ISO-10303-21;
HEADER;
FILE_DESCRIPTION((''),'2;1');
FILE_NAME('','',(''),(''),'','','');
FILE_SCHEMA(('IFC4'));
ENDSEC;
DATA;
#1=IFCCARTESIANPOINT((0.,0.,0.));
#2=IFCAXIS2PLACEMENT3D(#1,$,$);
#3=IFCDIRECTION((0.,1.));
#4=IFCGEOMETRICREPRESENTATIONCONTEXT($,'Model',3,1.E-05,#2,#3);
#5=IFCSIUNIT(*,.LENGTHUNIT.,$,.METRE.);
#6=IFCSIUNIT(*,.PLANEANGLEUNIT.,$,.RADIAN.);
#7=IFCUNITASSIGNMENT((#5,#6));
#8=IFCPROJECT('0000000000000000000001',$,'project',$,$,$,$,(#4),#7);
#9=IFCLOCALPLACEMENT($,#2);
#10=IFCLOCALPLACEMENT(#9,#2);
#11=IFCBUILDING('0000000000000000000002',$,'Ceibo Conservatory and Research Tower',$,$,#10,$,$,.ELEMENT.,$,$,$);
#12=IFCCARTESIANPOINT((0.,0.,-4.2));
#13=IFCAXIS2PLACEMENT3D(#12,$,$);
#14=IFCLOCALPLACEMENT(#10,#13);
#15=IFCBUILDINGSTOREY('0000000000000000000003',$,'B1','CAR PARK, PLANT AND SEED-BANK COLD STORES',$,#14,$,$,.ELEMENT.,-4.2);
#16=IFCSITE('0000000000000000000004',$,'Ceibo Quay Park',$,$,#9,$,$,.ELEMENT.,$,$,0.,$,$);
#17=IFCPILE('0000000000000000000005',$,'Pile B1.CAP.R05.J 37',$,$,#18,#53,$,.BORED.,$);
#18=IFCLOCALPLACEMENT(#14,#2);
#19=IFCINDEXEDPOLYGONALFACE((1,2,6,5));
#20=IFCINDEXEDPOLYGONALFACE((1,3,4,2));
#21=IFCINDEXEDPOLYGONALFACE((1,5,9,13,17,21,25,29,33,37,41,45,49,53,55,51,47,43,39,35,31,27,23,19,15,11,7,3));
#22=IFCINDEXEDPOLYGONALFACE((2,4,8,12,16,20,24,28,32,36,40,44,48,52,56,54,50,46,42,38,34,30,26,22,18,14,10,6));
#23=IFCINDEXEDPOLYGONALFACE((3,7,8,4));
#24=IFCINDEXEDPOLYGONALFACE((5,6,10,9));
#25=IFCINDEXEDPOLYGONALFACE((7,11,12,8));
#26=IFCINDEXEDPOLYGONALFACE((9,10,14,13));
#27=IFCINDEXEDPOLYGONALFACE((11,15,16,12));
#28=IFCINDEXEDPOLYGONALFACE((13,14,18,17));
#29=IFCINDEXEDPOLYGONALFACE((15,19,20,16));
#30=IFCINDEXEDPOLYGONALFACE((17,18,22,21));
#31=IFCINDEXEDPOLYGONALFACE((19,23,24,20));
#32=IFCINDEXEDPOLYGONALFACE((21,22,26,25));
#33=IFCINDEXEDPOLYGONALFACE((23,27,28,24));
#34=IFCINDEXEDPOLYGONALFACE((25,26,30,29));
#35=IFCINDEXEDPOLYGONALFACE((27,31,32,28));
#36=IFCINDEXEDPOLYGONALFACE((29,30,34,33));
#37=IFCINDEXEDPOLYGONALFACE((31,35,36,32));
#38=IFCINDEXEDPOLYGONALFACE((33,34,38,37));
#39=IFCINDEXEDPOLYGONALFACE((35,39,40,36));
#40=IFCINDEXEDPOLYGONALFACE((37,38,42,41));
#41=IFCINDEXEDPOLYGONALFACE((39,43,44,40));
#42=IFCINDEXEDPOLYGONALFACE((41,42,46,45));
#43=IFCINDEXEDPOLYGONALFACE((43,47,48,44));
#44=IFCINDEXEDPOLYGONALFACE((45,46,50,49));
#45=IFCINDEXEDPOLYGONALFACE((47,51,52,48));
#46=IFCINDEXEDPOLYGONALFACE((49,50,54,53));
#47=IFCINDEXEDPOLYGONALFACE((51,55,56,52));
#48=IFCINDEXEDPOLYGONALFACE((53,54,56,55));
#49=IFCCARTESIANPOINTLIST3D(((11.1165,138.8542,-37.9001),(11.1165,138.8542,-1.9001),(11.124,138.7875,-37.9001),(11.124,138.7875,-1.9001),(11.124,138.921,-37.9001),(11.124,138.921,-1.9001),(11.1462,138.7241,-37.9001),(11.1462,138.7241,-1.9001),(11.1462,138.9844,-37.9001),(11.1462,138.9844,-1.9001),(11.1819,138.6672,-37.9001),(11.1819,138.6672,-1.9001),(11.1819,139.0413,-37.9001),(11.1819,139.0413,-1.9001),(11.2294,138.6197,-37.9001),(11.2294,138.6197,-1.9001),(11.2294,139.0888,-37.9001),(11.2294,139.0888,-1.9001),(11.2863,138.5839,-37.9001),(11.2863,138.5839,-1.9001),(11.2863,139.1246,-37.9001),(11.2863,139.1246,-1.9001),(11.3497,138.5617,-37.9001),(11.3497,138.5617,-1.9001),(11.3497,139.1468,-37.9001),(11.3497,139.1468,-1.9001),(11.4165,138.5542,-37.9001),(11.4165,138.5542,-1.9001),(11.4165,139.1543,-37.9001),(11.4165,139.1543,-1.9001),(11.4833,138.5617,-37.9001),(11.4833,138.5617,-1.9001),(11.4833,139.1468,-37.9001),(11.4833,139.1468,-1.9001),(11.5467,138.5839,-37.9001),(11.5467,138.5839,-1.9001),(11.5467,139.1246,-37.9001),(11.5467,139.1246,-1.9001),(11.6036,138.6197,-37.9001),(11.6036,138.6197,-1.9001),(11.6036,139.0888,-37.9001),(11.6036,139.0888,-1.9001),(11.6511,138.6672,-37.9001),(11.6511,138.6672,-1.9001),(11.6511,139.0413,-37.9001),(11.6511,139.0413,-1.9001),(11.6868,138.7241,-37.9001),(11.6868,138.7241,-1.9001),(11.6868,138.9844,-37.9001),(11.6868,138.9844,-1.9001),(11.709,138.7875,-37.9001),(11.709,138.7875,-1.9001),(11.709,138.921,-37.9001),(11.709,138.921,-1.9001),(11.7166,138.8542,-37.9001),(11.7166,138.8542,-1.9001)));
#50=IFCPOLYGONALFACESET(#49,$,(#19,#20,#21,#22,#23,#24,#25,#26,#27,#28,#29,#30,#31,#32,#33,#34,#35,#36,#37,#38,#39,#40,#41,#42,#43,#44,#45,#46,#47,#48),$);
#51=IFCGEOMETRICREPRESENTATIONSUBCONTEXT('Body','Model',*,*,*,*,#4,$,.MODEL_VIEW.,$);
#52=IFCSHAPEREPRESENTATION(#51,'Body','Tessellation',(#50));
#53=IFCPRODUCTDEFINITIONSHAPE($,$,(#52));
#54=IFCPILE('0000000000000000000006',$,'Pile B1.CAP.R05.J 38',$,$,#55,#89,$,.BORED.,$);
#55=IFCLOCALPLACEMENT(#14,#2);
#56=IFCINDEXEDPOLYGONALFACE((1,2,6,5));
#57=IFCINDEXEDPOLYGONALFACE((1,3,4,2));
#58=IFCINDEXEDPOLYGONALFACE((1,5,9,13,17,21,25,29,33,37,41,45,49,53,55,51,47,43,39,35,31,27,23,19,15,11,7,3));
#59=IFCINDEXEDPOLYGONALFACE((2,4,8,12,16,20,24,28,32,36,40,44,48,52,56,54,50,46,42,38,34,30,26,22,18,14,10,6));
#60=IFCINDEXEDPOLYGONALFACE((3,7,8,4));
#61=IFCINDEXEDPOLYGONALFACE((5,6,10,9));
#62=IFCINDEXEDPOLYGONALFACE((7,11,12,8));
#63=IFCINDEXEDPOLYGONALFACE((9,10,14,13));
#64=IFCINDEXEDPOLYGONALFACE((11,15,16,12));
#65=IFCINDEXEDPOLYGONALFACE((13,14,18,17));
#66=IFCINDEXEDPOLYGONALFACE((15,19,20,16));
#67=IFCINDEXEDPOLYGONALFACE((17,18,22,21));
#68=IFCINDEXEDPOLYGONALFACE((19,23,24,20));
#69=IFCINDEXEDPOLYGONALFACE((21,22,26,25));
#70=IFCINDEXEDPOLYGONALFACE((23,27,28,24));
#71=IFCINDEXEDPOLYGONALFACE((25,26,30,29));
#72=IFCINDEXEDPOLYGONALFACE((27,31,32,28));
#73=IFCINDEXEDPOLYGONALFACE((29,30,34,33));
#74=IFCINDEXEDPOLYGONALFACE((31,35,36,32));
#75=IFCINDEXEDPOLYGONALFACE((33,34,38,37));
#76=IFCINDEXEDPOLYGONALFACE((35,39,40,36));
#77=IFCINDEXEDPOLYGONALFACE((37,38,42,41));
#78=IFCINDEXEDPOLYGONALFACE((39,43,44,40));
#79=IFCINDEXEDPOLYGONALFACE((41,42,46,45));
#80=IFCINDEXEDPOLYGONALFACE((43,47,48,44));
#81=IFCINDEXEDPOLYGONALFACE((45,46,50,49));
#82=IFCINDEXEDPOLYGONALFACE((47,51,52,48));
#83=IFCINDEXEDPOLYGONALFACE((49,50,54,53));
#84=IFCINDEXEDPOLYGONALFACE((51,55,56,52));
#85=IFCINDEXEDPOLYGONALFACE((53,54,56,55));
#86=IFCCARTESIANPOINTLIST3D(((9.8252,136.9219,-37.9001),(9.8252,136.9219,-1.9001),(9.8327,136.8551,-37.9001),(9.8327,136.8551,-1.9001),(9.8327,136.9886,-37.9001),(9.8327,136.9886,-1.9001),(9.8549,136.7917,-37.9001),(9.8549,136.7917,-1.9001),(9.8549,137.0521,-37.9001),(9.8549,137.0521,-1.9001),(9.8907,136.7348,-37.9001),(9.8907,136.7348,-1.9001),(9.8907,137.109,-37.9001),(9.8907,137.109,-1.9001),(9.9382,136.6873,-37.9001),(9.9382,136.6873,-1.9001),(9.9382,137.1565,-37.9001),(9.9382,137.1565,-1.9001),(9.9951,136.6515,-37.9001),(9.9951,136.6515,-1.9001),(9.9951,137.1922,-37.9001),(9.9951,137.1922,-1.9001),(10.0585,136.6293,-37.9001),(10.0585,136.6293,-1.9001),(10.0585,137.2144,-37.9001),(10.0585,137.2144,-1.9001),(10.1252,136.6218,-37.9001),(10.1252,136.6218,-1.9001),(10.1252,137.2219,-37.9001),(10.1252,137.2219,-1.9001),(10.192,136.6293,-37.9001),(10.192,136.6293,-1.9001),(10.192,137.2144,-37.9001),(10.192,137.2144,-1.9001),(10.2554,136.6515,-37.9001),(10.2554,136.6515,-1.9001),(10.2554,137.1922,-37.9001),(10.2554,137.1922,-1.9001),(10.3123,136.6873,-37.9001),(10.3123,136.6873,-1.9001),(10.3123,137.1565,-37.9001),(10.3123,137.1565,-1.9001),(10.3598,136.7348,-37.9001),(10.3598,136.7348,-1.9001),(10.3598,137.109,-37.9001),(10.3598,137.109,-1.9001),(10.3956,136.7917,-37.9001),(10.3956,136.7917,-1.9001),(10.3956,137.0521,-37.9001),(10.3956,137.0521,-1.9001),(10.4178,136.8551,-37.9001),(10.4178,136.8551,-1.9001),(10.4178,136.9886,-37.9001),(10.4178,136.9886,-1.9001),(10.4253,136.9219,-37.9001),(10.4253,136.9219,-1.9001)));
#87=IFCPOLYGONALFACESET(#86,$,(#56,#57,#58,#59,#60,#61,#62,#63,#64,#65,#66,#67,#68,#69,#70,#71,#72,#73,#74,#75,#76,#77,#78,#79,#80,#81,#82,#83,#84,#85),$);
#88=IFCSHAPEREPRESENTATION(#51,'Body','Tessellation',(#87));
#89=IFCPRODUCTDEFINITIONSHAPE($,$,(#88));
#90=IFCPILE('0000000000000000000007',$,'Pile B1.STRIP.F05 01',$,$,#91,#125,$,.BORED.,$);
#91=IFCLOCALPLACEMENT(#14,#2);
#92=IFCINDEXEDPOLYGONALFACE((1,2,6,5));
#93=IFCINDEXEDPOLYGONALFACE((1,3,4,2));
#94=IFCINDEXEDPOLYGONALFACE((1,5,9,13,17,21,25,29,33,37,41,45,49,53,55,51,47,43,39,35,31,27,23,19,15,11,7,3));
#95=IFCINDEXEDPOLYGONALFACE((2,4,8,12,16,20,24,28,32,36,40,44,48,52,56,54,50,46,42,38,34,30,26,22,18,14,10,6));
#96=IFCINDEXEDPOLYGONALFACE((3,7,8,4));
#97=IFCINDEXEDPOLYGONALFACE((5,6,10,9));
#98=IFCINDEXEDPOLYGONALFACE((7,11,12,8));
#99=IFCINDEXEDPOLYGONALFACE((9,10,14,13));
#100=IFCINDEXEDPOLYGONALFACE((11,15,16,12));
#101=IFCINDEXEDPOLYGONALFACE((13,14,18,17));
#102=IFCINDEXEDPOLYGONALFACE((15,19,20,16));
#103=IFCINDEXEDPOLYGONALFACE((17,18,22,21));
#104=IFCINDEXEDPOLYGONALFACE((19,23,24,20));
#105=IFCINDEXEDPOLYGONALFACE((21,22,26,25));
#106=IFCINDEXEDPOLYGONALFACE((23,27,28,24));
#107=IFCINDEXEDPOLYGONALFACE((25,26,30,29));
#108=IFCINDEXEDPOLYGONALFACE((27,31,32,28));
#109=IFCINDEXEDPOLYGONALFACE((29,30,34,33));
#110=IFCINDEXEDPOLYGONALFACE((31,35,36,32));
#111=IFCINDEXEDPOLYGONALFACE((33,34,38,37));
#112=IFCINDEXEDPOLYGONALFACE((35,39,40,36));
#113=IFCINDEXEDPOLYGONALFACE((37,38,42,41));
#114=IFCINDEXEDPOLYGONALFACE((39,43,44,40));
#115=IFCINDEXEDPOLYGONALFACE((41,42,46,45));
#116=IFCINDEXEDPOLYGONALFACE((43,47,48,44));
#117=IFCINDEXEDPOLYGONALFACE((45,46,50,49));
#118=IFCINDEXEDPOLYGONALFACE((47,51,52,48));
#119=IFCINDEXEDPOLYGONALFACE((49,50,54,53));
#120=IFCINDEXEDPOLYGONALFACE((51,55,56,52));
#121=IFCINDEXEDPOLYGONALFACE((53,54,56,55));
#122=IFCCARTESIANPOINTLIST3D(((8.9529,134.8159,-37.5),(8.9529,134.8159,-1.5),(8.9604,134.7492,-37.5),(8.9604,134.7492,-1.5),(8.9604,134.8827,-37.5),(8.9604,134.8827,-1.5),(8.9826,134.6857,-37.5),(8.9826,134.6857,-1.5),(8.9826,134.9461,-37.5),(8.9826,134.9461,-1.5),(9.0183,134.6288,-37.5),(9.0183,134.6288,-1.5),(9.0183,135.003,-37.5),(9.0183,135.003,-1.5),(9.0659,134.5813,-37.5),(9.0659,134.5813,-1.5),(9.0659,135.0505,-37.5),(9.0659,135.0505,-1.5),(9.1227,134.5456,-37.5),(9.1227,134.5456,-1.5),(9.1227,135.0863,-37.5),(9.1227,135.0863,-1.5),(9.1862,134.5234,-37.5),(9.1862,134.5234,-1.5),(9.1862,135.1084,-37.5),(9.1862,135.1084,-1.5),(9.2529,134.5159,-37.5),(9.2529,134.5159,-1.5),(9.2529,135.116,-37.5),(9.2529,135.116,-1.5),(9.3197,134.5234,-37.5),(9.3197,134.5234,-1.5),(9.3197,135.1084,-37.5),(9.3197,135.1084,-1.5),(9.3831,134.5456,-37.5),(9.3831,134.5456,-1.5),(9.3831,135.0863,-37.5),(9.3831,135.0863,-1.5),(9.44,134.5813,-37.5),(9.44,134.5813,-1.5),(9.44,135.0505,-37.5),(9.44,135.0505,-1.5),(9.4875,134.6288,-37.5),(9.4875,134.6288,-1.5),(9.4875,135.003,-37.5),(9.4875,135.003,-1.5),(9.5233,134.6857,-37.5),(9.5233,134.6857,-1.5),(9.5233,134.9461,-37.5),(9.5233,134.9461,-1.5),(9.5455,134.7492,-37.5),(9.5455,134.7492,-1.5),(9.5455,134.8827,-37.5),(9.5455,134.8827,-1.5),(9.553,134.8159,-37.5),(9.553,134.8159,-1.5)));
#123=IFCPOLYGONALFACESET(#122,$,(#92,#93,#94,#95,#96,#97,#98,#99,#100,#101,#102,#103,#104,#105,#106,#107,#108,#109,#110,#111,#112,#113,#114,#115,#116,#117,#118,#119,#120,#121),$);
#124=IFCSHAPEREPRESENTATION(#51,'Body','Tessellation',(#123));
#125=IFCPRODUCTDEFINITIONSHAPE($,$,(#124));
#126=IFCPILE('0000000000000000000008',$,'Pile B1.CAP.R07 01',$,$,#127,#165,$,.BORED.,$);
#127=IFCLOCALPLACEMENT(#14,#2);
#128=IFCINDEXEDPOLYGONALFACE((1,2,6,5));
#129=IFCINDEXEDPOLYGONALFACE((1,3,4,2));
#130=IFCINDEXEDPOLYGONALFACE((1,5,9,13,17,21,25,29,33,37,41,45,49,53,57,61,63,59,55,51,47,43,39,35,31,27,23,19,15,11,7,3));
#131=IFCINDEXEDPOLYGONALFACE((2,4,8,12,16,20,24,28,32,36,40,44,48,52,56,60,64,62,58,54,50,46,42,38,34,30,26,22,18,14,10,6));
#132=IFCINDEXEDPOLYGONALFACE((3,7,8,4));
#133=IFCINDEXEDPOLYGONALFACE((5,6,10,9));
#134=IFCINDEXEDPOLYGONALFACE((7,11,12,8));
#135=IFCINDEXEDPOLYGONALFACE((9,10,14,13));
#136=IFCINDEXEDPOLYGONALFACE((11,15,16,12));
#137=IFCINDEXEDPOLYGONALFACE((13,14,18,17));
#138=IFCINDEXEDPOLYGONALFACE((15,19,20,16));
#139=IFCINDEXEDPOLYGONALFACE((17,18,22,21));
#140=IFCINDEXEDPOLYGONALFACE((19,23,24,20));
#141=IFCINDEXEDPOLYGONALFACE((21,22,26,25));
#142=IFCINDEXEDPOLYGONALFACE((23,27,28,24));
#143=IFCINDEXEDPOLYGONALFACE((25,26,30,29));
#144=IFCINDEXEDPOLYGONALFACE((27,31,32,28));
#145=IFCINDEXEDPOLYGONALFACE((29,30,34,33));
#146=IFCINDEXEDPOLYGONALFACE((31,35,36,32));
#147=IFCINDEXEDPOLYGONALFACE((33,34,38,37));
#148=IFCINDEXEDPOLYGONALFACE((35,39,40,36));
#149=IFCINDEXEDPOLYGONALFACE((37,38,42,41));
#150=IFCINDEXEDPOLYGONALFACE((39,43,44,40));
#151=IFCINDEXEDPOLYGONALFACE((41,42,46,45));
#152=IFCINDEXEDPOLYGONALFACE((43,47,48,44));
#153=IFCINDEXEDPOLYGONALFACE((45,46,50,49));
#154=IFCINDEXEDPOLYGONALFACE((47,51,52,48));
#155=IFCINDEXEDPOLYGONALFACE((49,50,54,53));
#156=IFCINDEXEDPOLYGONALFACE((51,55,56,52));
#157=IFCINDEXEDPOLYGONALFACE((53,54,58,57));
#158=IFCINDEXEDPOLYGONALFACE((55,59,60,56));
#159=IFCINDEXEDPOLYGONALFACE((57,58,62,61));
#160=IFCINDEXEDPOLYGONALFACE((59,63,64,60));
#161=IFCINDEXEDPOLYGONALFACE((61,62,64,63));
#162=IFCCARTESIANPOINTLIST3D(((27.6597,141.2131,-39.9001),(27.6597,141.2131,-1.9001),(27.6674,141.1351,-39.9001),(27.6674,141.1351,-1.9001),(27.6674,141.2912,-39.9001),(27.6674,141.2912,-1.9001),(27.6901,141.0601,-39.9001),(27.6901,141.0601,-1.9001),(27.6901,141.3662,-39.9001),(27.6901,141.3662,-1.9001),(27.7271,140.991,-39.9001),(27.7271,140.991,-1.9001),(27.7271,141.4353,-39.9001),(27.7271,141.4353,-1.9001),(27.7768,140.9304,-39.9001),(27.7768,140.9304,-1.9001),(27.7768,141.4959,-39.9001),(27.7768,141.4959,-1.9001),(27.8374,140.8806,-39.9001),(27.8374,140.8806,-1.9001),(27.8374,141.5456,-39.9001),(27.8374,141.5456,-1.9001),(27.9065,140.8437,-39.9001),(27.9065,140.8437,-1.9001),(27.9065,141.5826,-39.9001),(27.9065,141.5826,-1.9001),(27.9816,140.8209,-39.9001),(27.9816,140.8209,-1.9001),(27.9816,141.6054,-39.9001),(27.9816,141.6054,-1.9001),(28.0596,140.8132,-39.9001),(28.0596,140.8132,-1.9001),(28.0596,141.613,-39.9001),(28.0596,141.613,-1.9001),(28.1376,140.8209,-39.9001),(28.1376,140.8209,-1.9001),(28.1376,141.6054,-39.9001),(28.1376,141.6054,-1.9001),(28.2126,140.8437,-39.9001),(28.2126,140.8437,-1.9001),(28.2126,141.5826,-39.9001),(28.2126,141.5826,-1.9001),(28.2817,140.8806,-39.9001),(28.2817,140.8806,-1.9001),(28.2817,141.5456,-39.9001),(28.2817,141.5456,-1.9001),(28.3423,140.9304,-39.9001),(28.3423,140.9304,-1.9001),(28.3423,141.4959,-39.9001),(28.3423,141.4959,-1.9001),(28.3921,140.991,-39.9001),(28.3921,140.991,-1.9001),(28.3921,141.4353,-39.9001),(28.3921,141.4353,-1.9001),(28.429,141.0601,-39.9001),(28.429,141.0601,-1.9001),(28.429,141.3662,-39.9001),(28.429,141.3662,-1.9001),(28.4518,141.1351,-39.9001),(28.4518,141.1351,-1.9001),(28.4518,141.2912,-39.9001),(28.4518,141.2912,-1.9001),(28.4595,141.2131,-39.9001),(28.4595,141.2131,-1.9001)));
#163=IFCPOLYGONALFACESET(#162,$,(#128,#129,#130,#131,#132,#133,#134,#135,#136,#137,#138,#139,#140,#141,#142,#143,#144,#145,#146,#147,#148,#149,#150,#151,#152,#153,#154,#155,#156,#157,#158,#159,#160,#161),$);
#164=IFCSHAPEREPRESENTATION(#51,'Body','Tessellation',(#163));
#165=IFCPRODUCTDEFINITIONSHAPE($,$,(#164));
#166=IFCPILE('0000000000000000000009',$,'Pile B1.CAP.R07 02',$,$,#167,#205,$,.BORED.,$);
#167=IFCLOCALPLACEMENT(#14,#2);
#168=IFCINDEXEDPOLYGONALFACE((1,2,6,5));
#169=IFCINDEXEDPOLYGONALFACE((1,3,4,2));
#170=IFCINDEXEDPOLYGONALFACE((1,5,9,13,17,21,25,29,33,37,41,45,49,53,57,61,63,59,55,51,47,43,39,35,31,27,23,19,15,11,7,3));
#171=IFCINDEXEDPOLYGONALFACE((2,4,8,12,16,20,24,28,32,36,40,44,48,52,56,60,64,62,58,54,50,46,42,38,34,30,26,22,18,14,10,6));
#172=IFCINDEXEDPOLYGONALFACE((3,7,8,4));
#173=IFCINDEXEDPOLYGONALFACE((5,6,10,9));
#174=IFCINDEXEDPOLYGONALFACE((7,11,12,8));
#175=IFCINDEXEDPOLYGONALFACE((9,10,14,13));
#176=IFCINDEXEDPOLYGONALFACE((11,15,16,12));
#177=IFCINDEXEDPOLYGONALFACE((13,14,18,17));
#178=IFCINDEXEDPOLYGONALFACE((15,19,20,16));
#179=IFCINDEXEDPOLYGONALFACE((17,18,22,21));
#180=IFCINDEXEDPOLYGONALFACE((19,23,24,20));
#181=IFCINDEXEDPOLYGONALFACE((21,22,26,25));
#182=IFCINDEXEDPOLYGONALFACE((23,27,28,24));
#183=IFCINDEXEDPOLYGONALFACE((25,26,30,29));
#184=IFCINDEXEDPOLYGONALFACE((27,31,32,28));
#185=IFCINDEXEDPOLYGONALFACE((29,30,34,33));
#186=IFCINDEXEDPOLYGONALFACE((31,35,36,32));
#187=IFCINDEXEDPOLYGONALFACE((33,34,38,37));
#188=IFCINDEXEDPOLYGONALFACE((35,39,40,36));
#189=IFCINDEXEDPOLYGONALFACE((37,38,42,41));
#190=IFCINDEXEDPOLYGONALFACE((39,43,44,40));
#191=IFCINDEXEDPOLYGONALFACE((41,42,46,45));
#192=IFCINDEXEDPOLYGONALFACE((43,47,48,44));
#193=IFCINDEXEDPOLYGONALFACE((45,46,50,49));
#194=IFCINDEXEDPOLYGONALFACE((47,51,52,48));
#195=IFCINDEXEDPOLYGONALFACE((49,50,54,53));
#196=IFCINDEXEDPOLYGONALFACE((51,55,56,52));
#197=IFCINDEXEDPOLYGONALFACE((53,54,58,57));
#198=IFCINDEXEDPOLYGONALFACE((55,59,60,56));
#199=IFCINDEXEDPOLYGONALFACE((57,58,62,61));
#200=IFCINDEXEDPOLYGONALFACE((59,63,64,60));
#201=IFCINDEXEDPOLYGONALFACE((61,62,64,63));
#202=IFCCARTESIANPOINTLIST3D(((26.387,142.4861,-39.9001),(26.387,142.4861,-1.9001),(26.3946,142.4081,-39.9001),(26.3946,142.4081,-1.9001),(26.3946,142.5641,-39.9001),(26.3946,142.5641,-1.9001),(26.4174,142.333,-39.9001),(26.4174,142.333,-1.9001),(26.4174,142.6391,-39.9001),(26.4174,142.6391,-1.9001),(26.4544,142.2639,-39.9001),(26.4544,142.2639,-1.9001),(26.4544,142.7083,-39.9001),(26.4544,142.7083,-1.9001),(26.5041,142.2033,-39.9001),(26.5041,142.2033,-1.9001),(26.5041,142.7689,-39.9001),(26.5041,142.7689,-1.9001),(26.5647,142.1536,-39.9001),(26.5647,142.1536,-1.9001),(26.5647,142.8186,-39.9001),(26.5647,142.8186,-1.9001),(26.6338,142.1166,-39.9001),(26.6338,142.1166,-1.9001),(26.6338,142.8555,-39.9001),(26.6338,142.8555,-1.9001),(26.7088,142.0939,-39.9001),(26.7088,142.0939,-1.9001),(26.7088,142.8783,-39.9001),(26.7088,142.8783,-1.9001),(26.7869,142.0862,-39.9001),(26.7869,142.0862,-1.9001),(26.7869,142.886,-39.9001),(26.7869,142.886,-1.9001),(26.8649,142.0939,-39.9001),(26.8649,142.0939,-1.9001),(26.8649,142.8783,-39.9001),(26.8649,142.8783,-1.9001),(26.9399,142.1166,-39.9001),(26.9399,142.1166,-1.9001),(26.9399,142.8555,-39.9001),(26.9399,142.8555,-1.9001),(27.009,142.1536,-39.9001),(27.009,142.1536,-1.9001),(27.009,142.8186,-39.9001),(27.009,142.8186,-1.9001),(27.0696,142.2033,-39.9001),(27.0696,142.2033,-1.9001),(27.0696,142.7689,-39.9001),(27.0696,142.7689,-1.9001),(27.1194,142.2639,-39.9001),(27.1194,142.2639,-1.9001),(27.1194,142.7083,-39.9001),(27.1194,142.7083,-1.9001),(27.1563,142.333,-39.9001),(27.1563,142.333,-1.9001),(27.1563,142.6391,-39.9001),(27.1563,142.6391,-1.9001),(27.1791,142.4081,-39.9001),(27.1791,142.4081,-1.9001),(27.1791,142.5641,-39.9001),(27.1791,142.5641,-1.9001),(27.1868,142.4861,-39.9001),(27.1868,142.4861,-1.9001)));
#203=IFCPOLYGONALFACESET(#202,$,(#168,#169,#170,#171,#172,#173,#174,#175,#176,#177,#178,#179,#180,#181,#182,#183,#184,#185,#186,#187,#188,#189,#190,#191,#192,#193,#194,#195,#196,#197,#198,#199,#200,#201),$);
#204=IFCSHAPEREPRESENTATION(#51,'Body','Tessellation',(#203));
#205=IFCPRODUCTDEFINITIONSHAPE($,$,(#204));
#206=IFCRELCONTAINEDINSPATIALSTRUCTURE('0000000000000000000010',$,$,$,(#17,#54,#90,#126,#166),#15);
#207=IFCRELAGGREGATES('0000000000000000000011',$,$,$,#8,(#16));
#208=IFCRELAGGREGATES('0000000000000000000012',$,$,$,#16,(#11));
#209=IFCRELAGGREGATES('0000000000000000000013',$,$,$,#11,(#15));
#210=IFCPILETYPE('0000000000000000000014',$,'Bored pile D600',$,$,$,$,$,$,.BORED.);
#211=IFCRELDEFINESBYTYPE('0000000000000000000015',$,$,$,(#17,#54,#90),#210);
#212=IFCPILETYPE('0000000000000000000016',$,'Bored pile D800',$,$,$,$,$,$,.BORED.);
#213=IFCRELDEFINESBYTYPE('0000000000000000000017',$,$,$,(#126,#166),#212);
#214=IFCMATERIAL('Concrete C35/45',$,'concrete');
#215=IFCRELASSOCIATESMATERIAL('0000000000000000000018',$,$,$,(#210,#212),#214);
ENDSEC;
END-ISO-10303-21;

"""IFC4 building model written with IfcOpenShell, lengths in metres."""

from ifc_helpers import new_model, si_unit, direction, frame, origin, origin_2d, place, context, subcontext, project, spatial, circle, extrude, material, material_profile, profile_set, type_object, element, save


model = new_model("IFC4")

# Units and contexts
model_context = context("Model", 3, precision=1e-05, world=origin(), true_north=direction((0.0, 1.0)))
body_context = subcontext(model_context, "Body", "Model", "MODEL_VIEW")
ifc_project = project(units=[si_unit("LENGTHUNIT", "METRE"), si_unit("PLANEANGLEUNIT", "RADIAN")], contexts=[model_context])

# Site, building, storey
site_placement = place(None, origin())
site = spatial("IfcSite", under=ifc_project, at=site_placement, Name="Ceibo Quay Park", CompositionType="ELEMENT", RefElevation=0.0)
building_placement = place(site_placement, origin())
building = spatial("IfcBuilding", under=site, at=building_placement, Name="Ceibo Conservatory and Research Tower", CompositionType="ELEMENT")
storey_placement = place(building_placement, frame((0.0, 0.0, -4.2)))
storey = spatial("IfcBuildingStorey", under=building, at=storey_placement, Name="B1", Description="CAR PARK, PLANT AND SEED-BANK COLD STORES", CompositionType="ELEMENT", Elevation=-4.2)

# Piles
ifc_material_1 = material(Name="Concrete C35/45", Category="concrete")
ifc_material_profile_1 = material_profile(ifc_material_1, circle(Radius=0.3, at=origin_2d()), Name="RC D600")
ifc_profile_set_1 = profile_set([ifc_material_profile_1], Name="Concrete C35/45")
pile_type_1 = type_object("IfcPileType", Name="Bored pile D600", PredefinedType="BORED", material=ifc_profile_set_1)
for number, where, z_axis, x_axis, name in (
    (1, (11.4165, 138.8542, -1.9001), (0.0, 0.0, -1.0), (1.0, 0.0, 0.0), "Pile B1.CAP.R05.J 37"),
    (2, (10.1252, 136.9219, -1.9001), (0.0, 0.0, -1.0), (1.0, 0.0, 0.0), "Pile B1.CAP.R05.J 38"),
    (3, (9.2529, 134.8159, -1.5), (0.0, 0.0, -1.0), (1.0, 0.0, 0.0), "Pile B1.STRIP.F05 01"),
):
    element("IfcPile", number, at=place(storey_placement, frame(where, z_axis=z_axis, x_axis=x_axis)), inside=storey, type_object=pile_type_1, Name=name, PredefinedType="BORED", context=body_context, shape_type="SweptSolid", body=[
        extrude(circle(Radius=0.3, at=origin_2d()), origin(), (0.0, 0.0, 1.0), 36.0),
    ])
ifc_material_profile_2 = material_profile(ifc_material_1, circle(Radius=0.3999, at=origin_2d()), Name="RC D800")
ifc_profile_set_2 = profile_set([ifc_material_profile_2], Name="Concrete C35/45")
pile_type_2 = type_object("IfcPileType", Name="Bored pile D800", PredefinedType="BORED", material=ifc_profile_set_2)
for number, where, z_axis, x_axis, name in (
    (4, (28.0596, 141.2131, -1.9001), (0.0, 0.0, -1.0), (1.0, 0.0, 0.0), "Pile B1.CAP.R07 01"),
    (5, (26.7869, 142.4861, -1.9001), (0.0, 0.0, -1.0), (1.0, 0.0, 0.0), "Pile B1.CAP.R07 02"),
):
    element("IfcPile", number, at=place(storey_placement, frame(where, z_axis=z_axis, x_axis=x_axis)), inside=storey, type_object=pile_type_2, Name=name, PredefinedType="BORED", context=body_context, shape_type="SweptSolid", body=[
        extrude(circle(Radius=0.3999, at=origin_2d()), origin(), (0.0, 0.0, 1.0), 38.0),
    ])

save(model, "model.ifc")
